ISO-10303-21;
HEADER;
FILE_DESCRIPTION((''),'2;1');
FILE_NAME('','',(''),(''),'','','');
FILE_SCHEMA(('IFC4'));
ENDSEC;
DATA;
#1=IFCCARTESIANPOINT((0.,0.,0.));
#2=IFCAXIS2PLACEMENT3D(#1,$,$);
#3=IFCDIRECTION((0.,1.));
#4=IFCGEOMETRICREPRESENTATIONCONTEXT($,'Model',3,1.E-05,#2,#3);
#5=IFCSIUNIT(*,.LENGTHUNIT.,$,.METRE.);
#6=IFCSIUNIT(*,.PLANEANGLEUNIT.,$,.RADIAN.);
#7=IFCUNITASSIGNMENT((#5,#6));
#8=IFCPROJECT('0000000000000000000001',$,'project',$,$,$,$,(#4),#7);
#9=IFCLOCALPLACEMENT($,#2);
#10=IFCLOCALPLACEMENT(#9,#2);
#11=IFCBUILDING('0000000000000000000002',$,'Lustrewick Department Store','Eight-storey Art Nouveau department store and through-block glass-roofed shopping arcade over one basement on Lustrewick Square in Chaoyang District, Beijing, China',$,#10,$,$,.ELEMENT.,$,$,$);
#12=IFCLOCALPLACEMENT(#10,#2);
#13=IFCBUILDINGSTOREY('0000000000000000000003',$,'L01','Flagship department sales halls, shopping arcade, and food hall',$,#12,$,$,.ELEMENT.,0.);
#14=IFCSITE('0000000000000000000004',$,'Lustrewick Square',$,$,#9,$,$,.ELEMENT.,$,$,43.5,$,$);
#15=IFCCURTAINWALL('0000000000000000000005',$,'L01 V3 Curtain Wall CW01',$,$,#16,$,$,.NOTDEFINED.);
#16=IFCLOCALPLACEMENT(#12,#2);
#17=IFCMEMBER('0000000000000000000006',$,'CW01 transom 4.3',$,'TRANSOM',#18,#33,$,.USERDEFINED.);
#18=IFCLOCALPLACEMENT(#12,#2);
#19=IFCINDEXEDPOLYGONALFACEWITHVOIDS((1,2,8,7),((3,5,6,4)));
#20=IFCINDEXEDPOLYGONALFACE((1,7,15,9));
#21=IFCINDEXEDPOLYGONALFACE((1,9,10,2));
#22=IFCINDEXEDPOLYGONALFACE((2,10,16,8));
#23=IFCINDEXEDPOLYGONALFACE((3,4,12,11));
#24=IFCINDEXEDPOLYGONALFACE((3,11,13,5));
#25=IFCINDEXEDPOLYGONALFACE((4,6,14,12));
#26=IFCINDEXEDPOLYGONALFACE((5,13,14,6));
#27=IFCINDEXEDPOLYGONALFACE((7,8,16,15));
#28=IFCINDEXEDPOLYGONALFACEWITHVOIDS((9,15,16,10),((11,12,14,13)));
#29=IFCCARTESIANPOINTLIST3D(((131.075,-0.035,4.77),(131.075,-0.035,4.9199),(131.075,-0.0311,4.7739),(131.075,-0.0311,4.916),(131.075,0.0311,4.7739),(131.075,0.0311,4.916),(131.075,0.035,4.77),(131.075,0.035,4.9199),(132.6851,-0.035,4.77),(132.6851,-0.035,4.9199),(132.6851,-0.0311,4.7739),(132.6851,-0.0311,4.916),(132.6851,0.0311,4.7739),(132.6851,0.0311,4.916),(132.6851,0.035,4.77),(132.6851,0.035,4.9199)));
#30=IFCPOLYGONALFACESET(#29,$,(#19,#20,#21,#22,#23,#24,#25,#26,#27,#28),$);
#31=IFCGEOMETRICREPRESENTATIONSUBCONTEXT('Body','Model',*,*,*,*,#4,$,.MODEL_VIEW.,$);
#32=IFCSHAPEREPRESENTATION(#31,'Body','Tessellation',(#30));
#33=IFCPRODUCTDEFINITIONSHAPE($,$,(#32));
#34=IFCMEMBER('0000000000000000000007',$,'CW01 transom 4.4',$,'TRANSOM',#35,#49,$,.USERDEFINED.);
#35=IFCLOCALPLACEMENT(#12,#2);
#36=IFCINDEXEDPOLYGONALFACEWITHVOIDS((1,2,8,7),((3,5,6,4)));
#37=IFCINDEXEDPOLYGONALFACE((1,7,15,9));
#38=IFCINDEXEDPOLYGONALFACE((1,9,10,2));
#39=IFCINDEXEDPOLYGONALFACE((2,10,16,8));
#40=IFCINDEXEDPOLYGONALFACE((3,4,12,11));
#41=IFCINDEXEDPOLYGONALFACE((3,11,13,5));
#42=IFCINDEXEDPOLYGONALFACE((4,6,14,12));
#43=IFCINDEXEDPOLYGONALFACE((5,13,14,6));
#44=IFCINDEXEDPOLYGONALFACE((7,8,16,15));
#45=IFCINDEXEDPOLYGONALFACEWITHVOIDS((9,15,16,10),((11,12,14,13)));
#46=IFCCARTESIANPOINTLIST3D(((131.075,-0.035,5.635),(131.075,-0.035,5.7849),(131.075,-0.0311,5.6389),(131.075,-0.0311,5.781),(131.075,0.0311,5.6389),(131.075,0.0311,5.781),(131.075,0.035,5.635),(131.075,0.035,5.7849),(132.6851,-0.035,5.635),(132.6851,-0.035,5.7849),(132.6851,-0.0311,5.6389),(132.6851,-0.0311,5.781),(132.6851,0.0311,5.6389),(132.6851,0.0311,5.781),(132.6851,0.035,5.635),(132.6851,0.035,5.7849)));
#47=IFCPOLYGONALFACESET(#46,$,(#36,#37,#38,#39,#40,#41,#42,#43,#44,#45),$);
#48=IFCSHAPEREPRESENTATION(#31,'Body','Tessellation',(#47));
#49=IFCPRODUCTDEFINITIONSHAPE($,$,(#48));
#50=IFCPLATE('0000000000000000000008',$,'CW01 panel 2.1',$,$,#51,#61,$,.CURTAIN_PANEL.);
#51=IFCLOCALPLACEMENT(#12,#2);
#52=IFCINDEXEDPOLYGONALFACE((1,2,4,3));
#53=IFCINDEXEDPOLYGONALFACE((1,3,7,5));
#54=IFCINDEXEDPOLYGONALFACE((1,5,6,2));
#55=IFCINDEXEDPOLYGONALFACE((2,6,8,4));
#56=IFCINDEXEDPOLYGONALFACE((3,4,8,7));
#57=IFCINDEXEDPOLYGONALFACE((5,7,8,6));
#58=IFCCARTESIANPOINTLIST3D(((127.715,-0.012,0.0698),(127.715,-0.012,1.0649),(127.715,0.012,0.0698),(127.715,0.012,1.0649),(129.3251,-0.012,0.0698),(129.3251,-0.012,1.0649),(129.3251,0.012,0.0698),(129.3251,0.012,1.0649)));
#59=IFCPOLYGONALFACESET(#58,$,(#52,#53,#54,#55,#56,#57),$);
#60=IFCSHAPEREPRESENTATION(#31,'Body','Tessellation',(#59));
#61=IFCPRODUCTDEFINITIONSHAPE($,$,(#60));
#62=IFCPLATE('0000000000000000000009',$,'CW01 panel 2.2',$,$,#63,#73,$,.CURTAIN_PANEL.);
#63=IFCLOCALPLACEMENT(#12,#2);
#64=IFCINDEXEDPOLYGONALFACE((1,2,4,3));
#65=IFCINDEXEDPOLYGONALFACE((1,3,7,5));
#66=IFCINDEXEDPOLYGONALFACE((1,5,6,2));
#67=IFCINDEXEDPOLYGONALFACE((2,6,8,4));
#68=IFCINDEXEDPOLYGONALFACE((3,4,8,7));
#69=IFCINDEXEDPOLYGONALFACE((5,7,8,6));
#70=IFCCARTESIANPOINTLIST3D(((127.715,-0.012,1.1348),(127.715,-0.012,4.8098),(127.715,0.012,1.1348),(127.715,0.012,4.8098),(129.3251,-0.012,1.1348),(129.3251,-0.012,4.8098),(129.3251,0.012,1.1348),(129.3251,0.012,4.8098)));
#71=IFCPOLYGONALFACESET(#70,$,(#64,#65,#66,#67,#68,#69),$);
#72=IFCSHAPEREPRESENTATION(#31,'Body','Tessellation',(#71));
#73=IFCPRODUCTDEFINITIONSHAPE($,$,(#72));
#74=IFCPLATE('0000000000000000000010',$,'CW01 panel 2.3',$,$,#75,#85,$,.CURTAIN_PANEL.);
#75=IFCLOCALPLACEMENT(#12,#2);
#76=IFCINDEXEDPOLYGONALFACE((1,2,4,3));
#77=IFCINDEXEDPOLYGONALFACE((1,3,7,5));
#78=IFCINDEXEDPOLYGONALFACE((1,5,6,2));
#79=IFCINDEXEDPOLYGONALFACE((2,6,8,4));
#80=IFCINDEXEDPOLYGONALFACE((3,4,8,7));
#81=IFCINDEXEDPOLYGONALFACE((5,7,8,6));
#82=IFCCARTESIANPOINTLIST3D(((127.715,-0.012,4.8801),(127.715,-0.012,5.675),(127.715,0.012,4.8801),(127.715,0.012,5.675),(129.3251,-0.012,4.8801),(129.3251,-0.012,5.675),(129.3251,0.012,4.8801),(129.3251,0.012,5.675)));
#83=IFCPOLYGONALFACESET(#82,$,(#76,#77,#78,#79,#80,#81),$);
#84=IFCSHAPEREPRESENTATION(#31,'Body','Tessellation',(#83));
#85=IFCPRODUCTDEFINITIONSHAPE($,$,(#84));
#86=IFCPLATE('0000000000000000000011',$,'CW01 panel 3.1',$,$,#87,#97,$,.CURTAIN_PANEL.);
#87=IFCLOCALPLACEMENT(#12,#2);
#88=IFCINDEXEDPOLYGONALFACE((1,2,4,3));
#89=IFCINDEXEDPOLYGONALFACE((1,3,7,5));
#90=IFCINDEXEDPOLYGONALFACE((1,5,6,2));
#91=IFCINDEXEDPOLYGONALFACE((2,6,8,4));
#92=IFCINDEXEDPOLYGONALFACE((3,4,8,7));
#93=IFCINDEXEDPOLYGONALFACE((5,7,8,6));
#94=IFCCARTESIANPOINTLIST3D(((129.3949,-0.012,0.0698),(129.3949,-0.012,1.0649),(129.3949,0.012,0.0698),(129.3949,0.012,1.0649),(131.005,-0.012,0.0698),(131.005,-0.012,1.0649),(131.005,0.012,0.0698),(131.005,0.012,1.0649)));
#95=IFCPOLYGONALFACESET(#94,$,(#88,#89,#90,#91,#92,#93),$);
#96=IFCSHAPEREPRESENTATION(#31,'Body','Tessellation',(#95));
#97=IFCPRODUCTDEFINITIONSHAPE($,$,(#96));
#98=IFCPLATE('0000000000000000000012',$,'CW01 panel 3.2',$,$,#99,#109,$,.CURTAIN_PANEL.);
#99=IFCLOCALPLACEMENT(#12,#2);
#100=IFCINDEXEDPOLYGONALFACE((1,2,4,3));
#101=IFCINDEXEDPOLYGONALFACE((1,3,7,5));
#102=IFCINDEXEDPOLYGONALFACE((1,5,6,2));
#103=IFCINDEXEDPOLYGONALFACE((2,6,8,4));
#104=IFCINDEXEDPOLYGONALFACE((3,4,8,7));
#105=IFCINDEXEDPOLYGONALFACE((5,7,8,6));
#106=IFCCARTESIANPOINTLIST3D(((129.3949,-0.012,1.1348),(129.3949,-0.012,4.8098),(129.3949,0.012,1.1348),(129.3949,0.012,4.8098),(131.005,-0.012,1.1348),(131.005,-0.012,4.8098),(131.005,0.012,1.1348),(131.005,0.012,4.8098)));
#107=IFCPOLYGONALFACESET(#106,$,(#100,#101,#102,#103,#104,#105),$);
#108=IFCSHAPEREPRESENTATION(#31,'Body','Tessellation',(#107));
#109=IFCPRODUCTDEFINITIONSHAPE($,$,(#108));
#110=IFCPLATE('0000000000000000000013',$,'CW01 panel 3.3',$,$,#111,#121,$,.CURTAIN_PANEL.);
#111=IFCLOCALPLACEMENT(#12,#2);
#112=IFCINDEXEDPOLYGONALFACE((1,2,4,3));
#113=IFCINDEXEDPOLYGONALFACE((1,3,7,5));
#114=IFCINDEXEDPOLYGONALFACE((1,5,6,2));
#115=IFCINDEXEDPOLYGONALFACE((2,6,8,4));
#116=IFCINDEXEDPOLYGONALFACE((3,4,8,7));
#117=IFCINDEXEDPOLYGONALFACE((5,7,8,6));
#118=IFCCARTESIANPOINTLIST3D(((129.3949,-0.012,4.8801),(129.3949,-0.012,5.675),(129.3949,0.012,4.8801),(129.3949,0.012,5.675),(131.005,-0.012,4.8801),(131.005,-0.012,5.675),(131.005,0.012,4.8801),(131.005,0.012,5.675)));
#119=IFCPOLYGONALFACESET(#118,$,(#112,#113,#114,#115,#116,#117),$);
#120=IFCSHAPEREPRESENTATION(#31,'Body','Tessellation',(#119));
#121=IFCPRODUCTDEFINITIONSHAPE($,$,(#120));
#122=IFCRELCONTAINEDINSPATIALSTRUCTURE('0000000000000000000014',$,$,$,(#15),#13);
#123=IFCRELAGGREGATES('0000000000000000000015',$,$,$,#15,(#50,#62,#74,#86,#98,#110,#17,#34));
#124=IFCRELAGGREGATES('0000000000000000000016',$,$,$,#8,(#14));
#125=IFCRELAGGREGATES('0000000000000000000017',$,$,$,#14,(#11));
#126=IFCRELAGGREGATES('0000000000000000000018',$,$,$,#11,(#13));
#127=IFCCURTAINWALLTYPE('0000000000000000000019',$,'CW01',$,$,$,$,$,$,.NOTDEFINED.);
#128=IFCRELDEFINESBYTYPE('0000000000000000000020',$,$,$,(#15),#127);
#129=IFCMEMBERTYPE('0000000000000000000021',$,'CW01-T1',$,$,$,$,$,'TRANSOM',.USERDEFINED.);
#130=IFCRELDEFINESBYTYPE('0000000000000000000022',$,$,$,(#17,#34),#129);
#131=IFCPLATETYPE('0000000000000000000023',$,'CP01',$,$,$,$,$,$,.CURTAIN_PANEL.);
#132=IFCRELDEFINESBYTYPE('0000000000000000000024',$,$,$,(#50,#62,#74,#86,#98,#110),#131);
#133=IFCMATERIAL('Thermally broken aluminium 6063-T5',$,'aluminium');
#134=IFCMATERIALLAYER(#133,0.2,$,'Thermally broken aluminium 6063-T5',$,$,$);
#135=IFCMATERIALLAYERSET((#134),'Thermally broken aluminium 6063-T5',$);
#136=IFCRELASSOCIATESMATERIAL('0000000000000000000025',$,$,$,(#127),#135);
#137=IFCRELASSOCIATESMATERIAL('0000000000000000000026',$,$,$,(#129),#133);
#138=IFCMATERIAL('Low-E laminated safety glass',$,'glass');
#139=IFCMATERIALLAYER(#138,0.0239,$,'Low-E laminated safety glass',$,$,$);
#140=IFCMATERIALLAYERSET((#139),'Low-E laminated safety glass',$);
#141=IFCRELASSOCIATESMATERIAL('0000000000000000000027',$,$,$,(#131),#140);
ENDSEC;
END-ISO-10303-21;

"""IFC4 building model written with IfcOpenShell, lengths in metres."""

from ifc_helpers import new_model, si_unit, direction, frame, origin, origin_2d, place, context, subcontext, project, spatial, rectangle, hollow_rectangle, extrude, material, layer, layer_set, material_profile, profile_set, type_object, element, aggregate, save


model = new_model("IFC4")

# Units and contexts
model_context = context("Model", 3, precision=1e-05, world=origin(), true_north=direction((0.0, 1.0)))
body_context = subcontext(model_context, "Body", "Model", "MODEL_VIEW")
ifc_project = project(units=[si_unit("LENGTHUNIT", "METRE"), si_unit("PLANEANGLEUNIT", "RADIAN")], contexts=[model_context])

# Site, building, storey
site_placement = place(None, origin())
site = spatial("IfcSite", under=ifc_project, at=site_placement, Name="Lustrewick Square", CompositionType="ELEMENT", RefElevation=43.5)
building_placement = place(site_placement, origin())
building = spatial("IfcBuilding", under=site, at=building_placement, Name="Lustrewick Department Store", Description="Eight-storey Art Nouveau department store and through-block glass-roofed shopping arcade over one basement on Lustrewick Square in Chaoyang District, Beijing, China", CompositionType="ELEMENT")
storey_placement = place(building_placement, origin())
storey = spatial("IfcBuildingStorey", under=building, at=storey_placement, Name="L01", Description="Flagship department sales halls, shopping arcade, and food hall", CompositionType="ELEMENT", Elevation=0.0)

# Curtain wall, members, plates
ifc_material_1 = material(Name="Thermally broken aluminium 6063-T5", Category="aluminium")
ifc_layer_1 = layer(ifc_material_1, 0.2, Name="Thermally broken aluminium 6063-T5")
ifc_layer_set_1 = layer_set([ifc_layer_1], Name="Thermally broken aluminium 6063-T5")
curtain_wall_type = type_object("IfcCurtainWallType", Name="CW01", PredefinedType="NOTDEFINED", material=ifc_layer_set_1)
curtain_wall_placement = place(storey_placement, origin())
curtain_wall = element("IfcCurtainWall", 1, at=curtain_wall_placement, inside=storey, type_object=curtain_wall_type, Name="L01 V3 Curtain Wall CW01", PredefinedType="NOTDEFINED")
ifc_material_profile_1 = material_profile(ifc_material_1, hollow_rectangle(XDim=0.0701, YDim=0.1499, WallThickness=0.0039, at=origin_2d()), Name="ALU-T 70x150x4")
ifc_profile_set_1 = profile_set([ifc_material_profile_1], Name="Thermally broken aluminium 6063-T5")
member_type_1 = type_object("IfcMemberType", Name="CW01-T1", ElementType="TRANSOM", PredefinedType="USERDEFINED", material=ifc_profile_set_1)
member_1_placement = place(storey_placement, frame((131.075, 0.0, 4.845), z_axis=(1.0, 0.0, 0.0), x_axis=(0.0, 1.0, 0.0)))
member_1 = element("IfcMember", 2, at=member_1_placement, type_object=member_type_1, Name="CW01 transom 4.3", ObjectType="TRANSOM", PredefinedType="USERDEFINED", context=body_context, shape_type="SweptSolid", body=[
    extrude(hollow_rectangle(XDim=0.0701, YDim=0.1499, WallThickness=0.0039, at=origin_2d()), origin(), (0.0, 0.0, 1.0), 1.6101),
])
member_2_placement = place(storey_placement, frame((131.075, 0.0, 5.71), z_axis=(1.0, 0.0, 0.0), x_axis=(0.0, 1.0, 0.0)))
member_2 = element("IfcMember", 3, at=member_2_placement, type_object=member_type_1, Name="CW01 transom 4.4", ObjectType="TRANSOM", PredefinedType="USERDEFINED", context=body_context, shape_type="SweptSolid", body=[
    extrude(hollow_rectangle(XDim=0.0701, YDim=0.1499, WallThickness=0.0039, at=origin_2d()), origin(), (0.0, 0.0, 1.0), 1.6101),
])
ifc_material_2 = material(Name="Low-E laminated safety glass", Category="glass")
ifc_layer_2 = layer(ifc_material_2, 0.0239, Name="Low-E laminated safety glass")
ifc_layer_set_2 = layer_set([ifc_layer_2], Name="Low-E laminated safety glass")
plate_type = type_object("IfcPlateType", Name="CP01", PredefinedType="CURTAIN_PANEL", material=ifc_layer_set_2)
plate_1_placement = place(storey_placement, frame((128.52, 0.0, 0.0698), z_axis=(0.0, 0.0, 1.0), x_axis=(1.0, 0.0, 0.0)))
plate_1 = element("IfcPlate", 4, at=plate_1_placement, type_object=plate_type, Name="CW01 panel 2.1", PredefinedType="CURTAIN_PANEL", context=body_context, shape_type="SweptSolid", body=[
    extrude(rectangle(XDim=1.6101, YDim=0.0239, at=origin_2d()), origin(), (0.0, 0.0, 1.0), 0.9951),
])
plate_2_placement = place(storey_placement, frame((128.52, 0.0, 1.1348), z_axis=(0.0, 0.0, 1.0), x_axis=(1.0, 0.0, 0.0)))
plate_2 = element("IfcPlate", 5, at=plate_2_placement, type_object=plate_type, Name="CW01 panel 2.2", PredefinedType="CURTAIN_PANEL", context=body_context, shape_type="SweptSolid", body=[
    extrude(rectangle(XDim=1.6101, YDim=0.0239, at=origin_2d()), origin(), (0.0, 0.0, 1.0), 3.675),
])
plate_3_placement = place(storey_placement, frame((128.52, 0.0, 4.8801), z_axis=(0.0, 0.0, 1.0), x_axis=(1.0, 0.0, 0.0)))
plate_3 = element("IfcPlate", 6, at=plate_3_placement, type_object=plate_type, Name="CW01 panel 2.3", PredefinedType="CURTAIN_PANEL", context=body_context, shape_type="SweptSolid", body=[
    extrude(rectangle(XDim=1.6101, YDim=0.0239, at=origin_2d()), origin(), (0.0, 0.0, 1.0), 0.7949),
])
plate_4_placement = place(storey_placement, frame((130.2, 0.0, 0.0698), z_axis=(0.0, 0.0, 1.0), x_axis=(1.0, 0.0, 0.0)))
plate_4 = element("IfcPlate", 7, at=plate_4_placement, type_object=plate_type, Name="CW01 panel 3.1", PredefinedType="CURTAIN_PANEL", context=body_context, shape_type="SweptSolid", body=[
    extrude(rectangle(XDim=1.6101, YDim=0.0239, at=origin_2d()), origin(), (0.0, 0.0, 1.0), 0.9951),
])
plate_5_placement = place(storey_placement, frame((130.2, 0.0, 1.1348), z_axis=(0.0, 0.0, 1.0), x_axis=(1.0, 0.0, 0.0)))
plate_5 = element("IfcPlate", 8, at=plate_5_placement, type_object=plate_type, Name="CW01 panel 3.2", PredefinedType="CURTAIN_PANEL", context=body_context, shape_type="SweptSolid", body=[
    extrude(rectangle(XDim=1.6101, YDim=0.0239, at=origin_2d()), origin(), (0.0, 0.0, 1.0), 3.675),
])
plate_6_placement = place(storey_placement, frame((130.2, 0.0, 4.8801), z_axis=(0.0, 0.0, 1.0), x_axis=(1.0, 0.0, 0.0)))
plate_6 = element("IfcPlate", 9, at=plate_6_placement, type_object=plate_type, Name="CW01 panel 3.3", PredefinedType="CURTAIN_PANEL", context=body_context, shape_type="SweptSolid", body=[
    extrude(rectangle(XDim=1.6101, YDim=0.0239, at=origin_2d()), origin(), (0.0, 0.0, 1.0), 0.7949),
])
aggregate(curtain_wall, [plate_1, plate_2, plate_3, plate_4, plate_5, plate_6, member_1, member_2])

save(model, "model.ifc")
